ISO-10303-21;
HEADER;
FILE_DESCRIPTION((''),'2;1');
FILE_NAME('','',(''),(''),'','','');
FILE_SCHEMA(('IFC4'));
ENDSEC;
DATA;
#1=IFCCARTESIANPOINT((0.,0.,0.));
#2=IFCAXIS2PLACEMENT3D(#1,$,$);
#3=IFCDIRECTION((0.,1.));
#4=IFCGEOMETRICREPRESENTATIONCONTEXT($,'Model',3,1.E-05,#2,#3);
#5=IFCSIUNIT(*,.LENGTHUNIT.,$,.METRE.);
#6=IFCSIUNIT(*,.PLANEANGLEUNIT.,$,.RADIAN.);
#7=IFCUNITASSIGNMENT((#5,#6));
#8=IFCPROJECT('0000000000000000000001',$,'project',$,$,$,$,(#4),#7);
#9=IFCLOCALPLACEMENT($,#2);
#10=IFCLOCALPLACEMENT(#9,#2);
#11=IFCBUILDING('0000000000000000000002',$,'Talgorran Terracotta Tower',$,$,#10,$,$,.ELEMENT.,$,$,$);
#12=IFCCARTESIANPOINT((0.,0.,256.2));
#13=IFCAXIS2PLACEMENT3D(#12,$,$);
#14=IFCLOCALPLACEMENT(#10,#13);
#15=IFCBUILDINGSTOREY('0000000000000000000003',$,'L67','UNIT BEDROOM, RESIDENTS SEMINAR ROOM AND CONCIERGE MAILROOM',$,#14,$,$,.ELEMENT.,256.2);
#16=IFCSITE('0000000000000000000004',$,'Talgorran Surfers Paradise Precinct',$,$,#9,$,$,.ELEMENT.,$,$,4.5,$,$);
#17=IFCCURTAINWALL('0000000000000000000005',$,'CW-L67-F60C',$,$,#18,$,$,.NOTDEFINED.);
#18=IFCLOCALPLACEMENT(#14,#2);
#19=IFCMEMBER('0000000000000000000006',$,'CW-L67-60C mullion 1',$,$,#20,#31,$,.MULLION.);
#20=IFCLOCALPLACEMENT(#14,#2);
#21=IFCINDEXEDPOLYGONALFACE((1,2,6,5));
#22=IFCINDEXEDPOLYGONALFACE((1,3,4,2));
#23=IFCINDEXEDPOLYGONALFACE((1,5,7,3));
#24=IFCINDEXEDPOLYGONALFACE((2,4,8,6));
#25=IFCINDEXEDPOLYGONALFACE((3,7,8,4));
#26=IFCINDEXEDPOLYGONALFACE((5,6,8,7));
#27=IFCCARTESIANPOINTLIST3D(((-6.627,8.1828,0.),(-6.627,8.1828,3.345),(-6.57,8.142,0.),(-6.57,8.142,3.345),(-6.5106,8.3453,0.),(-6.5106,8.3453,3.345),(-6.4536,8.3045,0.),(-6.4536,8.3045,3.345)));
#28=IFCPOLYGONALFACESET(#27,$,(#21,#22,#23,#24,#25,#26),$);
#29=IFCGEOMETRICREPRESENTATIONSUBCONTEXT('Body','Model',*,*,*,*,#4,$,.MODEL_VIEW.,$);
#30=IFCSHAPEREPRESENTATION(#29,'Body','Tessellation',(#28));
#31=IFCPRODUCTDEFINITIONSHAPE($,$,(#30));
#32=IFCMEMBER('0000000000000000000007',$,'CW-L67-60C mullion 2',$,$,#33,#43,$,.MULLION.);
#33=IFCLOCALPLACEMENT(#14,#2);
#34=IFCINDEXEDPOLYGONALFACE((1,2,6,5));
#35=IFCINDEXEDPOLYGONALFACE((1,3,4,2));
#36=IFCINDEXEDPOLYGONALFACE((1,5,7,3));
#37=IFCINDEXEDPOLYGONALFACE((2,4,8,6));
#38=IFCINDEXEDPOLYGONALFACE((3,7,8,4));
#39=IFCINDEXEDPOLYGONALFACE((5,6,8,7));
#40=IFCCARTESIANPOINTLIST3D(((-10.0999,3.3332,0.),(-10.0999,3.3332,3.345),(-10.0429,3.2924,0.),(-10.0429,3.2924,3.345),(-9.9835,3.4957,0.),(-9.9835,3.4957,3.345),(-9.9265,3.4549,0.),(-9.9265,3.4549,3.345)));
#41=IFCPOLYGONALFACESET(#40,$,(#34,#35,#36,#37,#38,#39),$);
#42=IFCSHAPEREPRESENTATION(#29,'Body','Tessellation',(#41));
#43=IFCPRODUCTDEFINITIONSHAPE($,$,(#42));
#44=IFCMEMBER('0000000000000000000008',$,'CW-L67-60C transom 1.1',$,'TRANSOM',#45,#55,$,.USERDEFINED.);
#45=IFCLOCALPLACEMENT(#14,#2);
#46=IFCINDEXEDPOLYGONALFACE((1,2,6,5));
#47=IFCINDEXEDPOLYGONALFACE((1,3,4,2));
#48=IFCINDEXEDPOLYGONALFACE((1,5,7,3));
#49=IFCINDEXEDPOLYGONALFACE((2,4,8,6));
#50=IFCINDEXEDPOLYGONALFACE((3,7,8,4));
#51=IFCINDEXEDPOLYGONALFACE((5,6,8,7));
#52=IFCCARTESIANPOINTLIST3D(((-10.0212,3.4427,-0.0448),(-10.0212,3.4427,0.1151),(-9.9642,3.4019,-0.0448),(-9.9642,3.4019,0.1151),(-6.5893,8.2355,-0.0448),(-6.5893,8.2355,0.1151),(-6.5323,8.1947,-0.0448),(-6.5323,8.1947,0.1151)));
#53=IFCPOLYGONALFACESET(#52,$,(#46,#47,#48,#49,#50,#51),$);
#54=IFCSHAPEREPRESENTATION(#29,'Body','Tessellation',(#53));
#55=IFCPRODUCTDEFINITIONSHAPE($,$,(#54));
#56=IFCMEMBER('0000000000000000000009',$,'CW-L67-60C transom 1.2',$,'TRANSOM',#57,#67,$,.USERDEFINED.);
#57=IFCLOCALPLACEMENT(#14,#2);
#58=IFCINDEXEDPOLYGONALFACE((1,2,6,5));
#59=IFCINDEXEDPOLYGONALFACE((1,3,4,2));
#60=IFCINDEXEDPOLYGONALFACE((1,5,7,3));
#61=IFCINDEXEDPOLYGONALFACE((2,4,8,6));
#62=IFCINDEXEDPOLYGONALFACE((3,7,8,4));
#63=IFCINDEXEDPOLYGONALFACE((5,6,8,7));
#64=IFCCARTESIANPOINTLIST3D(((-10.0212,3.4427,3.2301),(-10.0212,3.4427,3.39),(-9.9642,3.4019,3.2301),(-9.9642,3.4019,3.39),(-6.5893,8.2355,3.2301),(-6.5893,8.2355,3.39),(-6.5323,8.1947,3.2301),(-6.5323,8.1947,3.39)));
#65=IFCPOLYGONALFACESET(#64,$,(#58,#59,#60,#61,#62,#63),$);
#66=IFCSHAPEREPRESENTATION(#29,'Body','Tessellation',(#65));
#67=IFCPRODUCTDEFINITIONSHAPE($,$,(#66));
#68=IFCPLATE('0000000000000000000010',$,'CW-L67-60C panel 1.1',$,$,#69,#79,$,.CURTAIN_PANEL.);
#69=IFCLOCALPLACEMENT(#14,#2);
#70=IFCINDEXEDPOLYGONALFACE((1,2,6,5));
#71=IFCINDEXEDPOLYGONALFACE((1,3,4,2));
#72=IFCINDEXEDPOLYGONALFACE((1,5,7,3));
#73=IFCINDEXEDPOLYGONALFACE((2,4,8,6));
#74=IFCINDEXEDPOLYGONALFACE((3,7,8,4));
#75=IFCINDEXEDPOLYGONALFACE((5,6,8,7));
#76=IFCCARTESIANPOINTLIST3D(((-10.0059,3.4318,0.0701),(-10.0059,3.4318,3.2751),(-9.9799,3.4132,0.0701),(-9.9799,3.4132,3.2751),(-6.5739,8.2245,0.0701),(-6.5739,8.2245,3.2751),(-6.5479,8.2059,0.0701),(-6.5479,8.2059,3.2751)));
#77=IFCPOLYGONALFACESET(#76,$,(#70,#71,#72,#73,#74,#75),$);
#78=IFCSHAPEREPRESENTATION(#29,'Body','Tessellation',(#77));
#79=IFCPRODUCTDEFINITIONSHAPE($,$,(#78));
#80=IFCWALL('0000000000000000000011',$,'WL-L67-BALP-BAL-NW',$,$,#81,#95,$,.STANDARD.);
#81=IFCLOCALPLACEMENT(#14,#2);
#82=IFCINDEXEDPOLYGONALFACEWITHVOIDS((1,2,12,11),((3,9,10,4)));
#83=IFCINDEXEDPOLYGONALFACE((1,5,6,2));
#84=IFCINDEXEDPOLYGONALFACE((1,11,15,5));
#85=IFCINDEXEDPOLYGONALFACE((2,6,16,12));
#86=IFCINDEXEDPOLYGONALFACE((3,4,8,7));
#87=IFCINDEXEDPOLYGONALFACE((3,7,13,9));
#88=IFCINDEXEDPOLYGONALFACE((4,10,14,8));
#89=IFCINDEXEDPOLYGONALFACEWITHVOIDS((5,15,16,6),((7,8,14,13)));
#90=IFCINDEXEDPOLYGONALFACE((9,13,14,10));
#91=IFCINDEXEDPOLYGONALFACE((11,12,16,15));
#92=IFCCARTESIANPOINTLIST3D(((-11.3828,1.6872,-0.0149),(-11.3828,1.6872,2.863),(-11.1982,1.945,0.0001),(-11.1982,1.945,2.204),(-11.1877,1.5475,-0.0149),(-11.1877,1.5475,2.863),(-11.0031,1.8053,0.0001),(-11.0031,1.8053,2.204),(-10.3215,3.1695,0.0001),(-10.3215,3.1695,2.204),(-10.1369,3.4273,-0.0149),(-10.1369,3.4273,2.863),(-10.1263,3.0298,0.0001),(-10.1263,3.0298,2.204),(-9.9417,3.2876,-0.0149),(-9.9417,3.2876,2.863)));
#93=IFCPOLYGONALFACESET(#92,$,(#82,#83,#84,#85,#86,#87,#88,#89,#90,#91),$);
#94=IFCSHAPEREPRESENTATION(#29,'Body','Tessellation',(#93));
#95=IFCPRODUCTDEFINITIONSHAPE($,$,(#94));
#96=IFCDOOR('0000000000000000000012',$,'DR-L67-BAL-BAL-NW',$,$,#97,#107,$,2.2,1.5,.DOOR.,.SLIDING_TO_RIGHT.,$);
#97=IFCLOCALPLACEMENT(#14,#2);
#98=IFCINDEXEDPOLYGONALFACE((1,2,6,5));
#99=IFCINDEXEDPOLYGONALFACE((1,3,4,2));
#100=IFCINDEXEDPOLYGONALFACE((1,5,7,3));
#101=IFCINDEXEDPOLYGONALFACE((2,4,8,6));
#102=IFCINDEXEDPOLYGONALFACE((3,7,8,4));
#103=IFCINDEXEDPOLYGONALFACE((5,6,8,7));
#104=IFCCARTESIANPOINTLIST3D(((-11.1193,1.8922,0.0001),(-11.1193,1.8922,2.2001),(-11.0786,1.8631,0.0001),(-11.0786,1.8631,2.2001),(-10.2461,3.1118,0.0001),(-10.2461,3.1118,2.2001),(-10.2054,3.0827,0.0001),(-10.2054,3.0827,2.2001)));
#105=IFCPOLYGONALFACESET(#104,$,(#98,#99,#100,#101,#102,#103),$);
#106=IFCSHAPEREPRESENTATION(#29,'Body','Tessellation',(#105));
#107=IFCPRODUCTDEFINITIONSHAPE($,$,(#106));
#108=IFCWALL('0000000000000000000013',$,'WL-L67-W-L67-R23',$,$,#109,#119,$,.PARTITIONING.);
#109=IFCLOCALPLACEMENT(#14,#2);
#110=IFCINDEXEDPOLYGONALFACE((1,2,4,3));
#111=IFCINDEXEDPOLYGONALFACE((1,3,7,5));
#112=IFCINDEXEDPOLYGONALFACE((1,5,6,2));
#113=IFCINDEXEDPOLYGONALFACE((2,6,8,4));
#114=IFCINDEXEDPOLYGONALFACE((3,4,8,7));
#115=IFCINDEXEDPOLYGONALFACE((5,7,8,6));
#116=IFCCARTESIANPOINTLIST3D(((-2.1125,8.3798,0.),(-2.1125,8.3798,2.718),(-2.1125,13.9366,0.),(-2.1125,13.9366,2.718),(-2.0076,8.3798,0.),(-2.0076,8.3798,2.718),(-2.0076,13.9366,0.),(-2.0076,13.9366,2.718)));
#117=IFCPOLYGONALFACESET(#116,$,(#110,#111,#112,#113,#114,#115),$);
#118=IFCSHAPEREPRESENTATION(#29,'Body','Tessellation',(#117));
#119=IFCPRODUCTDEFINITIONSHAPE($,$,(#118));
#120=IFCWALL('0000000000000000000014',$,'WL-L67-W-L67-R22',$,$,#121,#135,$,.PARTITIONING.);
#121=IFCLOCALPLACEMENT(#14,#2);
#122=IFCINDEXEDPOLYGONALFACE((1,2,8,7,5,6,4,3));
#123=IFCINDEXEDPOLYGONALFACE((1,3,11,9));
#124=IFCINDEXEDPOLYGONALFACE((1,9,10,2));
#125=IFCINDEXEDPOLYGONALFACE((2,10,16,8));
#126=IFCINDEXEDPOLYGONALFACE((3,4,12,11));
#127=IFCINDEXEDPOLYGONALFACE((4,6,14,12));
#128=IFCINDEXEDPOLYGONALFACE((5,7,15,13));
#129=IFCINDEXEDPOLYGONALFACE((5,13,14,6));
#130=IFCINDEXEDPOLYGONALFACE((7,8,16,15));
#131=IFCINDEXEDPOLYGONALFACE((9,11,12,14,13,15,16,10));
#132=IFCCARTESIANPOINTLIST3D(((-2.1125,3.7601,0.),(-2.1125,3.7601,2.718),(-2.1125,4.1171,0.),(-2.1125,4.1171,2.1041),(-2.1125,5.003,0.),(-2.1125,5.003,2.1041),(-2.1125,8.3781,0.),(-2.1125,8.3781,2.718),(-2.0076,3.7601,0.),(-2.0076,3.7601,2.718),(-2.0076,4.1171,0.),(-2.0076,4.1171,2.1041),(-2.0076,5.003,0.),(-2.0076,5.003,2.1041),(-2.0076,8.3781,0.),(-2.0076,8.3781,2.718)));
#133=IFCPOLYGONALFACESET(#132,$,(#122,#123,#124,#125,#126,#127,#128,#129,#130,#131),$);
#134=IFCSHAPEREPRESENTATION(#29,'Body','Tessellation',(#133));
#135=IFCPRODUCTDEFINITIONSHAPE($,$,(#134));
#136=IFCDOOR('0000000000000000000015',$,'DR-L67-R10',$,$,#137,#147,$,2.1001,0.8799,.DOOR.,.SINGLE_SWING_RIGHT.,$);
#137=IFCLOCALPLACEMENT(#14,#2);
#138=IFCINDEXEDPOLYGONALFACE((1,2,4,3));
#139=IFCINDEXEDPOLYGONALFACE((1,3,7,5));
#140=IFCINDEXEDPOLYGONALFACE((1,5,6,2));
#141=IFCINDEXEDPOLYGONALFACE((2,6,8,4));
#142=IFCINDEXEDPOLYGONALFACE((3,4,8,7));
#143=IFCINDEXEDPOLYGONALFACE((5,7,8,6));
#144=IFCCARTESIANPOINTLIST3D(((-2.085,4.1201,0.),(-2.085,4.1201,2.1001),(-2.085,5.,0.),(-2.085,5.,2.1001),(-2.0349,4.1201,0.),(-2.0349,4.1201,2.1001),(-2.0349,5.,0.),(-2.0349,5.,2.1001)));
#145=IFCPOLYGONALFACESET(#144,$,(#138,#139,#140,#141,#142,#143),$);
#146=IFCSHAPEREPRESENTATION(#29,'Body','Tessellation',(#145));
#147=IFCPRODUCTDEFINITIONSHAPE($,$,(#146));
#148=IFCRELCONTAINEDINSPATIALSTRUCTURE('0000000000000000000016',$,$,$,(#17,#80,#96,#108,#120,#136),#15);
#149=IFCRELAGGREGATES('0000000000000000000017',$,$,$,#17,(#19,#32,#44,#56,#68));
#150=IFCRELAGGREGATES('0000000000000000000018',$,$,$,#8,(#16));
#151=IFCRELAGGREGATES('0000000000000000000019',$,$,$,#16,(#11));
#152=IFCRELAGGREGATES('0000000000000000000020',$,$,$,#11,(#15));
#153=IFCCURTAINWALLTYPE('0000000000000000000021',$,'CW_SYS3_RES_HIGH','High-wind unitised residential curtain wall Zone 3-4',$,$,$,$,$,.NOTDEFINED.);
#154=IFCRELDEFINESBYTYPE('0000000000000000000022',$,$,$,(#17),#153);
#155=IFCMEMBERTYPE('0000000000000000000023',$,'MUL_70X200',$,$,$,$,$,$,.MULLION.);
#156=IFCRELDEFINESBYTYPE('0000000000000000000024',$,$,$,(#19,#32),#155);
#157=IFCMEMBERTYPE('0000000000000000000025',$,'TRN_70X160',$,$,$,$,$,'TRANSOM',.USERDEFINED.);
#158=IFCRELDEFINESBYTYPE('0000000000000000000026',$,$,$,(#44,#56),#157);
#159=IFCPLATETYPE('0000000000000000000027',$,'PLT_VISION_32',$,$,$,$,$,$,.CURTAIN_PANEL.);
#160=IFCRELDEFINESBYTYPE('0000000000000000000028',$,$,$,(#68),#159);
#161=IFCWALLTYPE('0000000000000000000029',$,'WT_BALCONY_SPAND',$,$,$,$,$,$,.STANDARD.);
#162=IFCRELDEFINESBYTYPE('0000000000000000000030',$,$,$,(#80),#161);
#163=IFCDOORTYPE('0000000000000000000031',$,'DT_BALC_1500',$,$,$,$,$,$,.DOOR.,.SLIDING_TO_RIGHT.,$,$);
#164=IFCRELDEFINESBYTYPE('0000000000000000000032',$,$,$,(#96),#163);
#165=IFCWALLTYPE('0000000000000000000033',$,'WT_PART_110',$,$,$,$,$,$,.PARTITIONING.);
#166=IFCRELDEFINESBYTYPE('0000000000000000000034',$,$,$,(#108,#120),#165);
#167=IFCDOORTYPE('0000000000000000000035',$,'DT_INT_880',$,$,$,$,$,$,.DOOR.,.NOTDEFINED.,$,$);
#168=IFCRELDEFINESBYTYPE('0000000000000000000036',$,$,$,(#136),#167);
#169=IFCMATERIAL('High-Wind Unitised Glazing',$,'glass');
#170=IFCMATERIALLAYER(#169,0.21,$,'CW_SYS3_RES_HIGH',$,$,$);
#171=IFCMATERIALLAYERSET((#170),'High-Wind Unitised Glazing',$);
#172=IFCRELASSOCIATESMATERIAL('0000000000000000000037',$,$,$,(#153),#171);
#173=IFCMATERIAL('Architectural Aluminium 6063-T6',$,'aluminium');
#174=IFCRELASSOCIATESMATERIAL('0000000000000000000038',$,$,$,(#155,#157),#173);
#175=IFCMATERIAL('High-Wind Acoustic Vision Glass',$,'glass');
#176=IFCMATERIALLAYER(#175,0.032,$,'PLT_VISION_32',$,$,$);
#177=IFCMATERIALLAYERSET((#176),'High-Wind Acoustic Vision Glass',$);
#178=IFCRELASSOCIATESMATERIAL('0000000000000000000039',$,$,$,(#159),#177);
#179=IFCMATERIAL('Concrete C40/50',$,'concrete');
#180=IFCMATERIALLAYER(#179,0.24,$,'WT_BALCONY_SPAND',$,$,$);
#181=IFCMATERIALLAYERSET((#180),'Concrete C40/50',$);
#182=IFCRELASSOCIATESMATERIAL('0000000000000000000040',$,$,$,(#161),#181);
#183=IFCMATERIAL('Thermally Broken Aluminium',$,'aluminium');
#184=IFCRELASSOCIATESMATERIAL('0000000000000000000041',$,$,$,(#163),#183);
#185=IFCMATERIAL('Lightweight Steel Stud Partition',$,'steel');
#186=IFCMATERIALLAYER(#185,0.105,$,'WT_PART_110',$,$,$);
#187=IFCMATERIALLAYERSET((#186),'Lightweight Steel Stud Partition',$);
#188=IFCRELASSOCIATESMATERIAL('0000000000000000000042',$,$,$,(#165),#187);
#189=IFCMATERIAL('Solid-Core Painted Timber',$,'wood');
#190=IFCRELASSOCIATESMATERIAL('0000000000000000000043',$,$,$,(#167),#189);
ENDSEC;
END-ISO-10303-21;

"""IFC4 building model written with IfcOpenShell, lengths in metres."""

from ifc_helpers import new_model, si_unit, direction, frame, frame_2d, origin, origin_2d, place, context, subcontext, project, spatial, rectangle, extrude, source, transform, mapped, material, layer, layer_set, material_profile, profile_set, type_object, type_shapes, element, fill, aggregate, save


model = new_model("IFC4")

# Units and contexts
model_context = context("Model", 3, precision=1e-05, world=origin(), true_north=direction((0.0, 1.0)))
body_context = subcontext(model_context, "Body", "Model", "MODEL_VIEW")
ifc_project = project(units=[si_unit("LENGTHUNIT", "METRE"), si_unit("PLANEANGLEUNIT", "RADIAN")], contexts=[model_context])

# Site, building, storey
site_placement = place(None, origin())
site = spatial("IfcSite", under=ifc_project, at=site_placement, Name="Talgorran Surfers Paradise Precinct", CompositionType="ELEMENT", RefElevation=4.5)
building_placement = place(site_placement, origin())
building = spatial("IfcBuilding", under=site, at=building_placement, Name="Talgorran Terracotta Tower", CompositionType="ELEMENT")
storey_placement = place(building_placement, frame((0.0, 0.0, 256.2)))
storey = spatial("IfcBuildingStorey", under=building, at=storey_placement, Name="L67", Description="UNIT BEDROOM, RESIDENTS SEMINAR ROOM AND CONCIERGE MAILROOM", CompositionType="ELEMENT", Elevation=256.2)

# Shared definitions
ifc_material_1 = material(Name="High-Wind Unitised Glazing", Category="glass")
ifc_layer_1 = layer(ifc_material_1, 0.21, Name="CW_SYS3_RES_HIGH")
ifc_layer_set_1 = layer_set([ifc_layer_1], Name="High-Wind Unitised Glazing")
curtain_wall_type = type_object("IfcCurtainWallType", Name="CW_SYS3_RES_HIGH", Description="High-wind unitised residential curtain wall Zone 3-4", PredefinedType="NOTDEFINED", material=ifc_layer_set_1)
ifc_material_2 = material(Name="Architectural Aluminium 6063-T6", Category="aluminium")
ifc_material_profile_1 = material_profile(ifc_material_2, rectangle(XDim=0.0701, YDim=0.2, at=origin_2d()), Name="CWM70X200")
ifc_profile_set_1 = profile_set([ifc_material_profile_1], Name="Architectural Aluminium 6063-T6")
member_type_1 = type_object("IfcMemberType", Name="MUL_70X200", PredefinedType="MULLION", material=ifc_profile_set_1)

# Curtain wall, members, plate
curtain_wall_1_placement = place(storey_placement, origin())
curtain_wall_1 = element("IfcCurtainWall", 1, at=curtain_wall_1_placement, inside=storey, type_object=curtain_wall_type, Name="CW-L67-F60C", PredefinedType="NOTDEFINED")
member_1_placement = place(storey_placement, frame((-6.5403, 8.2437, 0.0), z_axis=(0.0, 0.0, 1.0), x_axis=(0.813039, -0.58221, 0.0)))
member_1 = element("IfcMember", 2, at=member_1_placement, type_object=member_type_1, Name="CW-L67-60C mullion 1", PredefinedType="MULLION", context=body_context, shape_type="SweptSolid", body=[
    extrude(rectangle(XDim=0.0701, YDim=0.2, at=origin_2d()), origin(), (0.0, 0.0, 1.0), 3.345),
])
member_2_placement = place(storey_placement, frame((-10.0132, 3.394, 0.0), z_axis=(0.0, 0.0, 1.0), x_axis=(0.813039, -0.58221, 0.0)))
member_2 = element("IfcMember", 3, at=member_2_placement, type_object=member_type_1, Name="CW-L67-60C mullion 2", PredefinedType="MULLION", context=body_context, shape_type="SweptSolid", body=[
    extrude(rectangle(XDim=0.0701, YDim=0.2, at=origin_2d()), origin(), (0.0, 0.0, 1.0), 3.345),
])
ifc_material_profile_2 = material_profile(ifc_material_2, rectangle(XDim=0.0701, YDim=0.1599, at=origin_2d()), Name="CWT70X160")
ifc_profile_set_2 = profile_set([ifc_material_profile_2], Name="Architectural Aluminium 6063-T6")
member_type_2 = type_object("IfcMemberType", Name="TRN_70X160", ElementType="TRANSOM", PredefinedType="USERDEFINED", material=ifc_profile_set_2)
member_3_placement = place(storey_placement, frame((-6.5608, 8.2151, 0.0352), z_axis=(-0.582194, -0.81305, 0.0), x_axis=(0.81305, -0.582194, 0.0)))
member_3 = element("IfcMember", 4, at=member_3_placement, type_object=member_type_2, Name="CW-L67-60C transom 1.1", ObjectType="TRANSOM", PredefinedType="USERDEFINED", context=body_context, shape_type="SweptSolid", body=[
    extrude(rectangle(XDim=0.0701, YDim=0.1599, at=origin_2d()), origin(), (0.0, 0.0, 1.0), 5.8948),
])
member_4_placement = place(storey_placement, frame((-6.5608, 8.2151, 3.3101), z_axis=(-0.582194, -0.81305, 0.0), x_axis=(0.81305, -0.582194, 0.0)))
member_4 = element("IfcMember", 5, at=member_4_placement, type_object=member_type_2, Name="CW-L67-60C transom 1.2", ObjectType="TRANSOM", PredefinedType="USERDEFINED", context=body_context, shape_type="SweptSolid", body=[
    extrude(rectangle(XDim=0.0701, YDim=0.1599, at=origin_2d()), origin(), (0.0, 0.0, 1.0), 5.8948),
])
ifc_material_3 = material(Name="High-Wind Acoustic Vision Glass", Category="glass")
ifc_layer_2 = layer(ifc_material_3, 0.032, Name="PLT_VISION_32")
ifc_layer_set_2 = layer_set([ifc_layer_2], Name="High-Wind Acoustic Vision Glass")
plate_type = type_object("IfcPlateType", Name="PLT_VISION_32", PredefinedType="CURTAIN_PANEL", material=ifc_layer_set_2)
shared_shape = source(origin(), body_context, "Body", "SweptSolid", [
    extrude(rectangle(XDim=5.8948, YDim=0.032, at=origin_2d()), origin(), (0.0, 0.0, 1.0), 3.2051),
])
type_shapes(plate_type, [shared_shape])
plate_placement = place(storey_placement, frame((-8.2769, 5.8188, 0.0701), z_axis=(0.0, 0.0, 1.0), x_axis=(-0.58221, -0.813039, 0.0)))
plate = element("IfcPlate", 6, at=plate_placement, type_object=plate_type, Name="CW-L67-60C panel 1.1", PredefinedType="CURTAIN_PANEL", context=body_context, shape_type="MappedRepresentation", body=[
    mapped(shared_shape, transform((0.0, 0.0, 0.0), scale=1.0)),
])
aggregate(curtain_wall_1, [member_1, member_2, member_3, member_4, plate])

# Wall, opening, door
ifc_material_4 = material(Name="Concrete C40/50", Category="concrete")
ifc_layer_3 = layer(ifc_material_4, 0.24, Name="WT_BALCONY_SPAND")
ifc_layer_set_3 = layer_set([ifc_layer_3], Name="Concrete C40/50")
wall_type_1 = type_object("IfcWallType", Name="WT_BALCONY_SPAND", PredefinedType="STANDARD", material=ifc_layer_set_3)
wall_1_placement = place(storey_placement, frame((-10.0393, 3.3574, -0.0149), z_axis=(0.0, 0.0, 1.0), x_axis=(-0.582166, -0.81307, 0.0)))
wall_1 = element("IfcWall", 7, at=wall_1_placement, inside=storey, type_object=wall_type_1, Name="WL-L67-BALP-BAL-NW", PredefinedType="STANDARD", context=body_context, shape_type="SweptSolid", body=[
    extrude(rectangle(XDim=2.1401, YDim=0.24, at=frame_2d((1.0701, 0.0))), origin(), (0.0, 0.0, 1.0), 2.8779),
])
opening_1_placement = place(wall_1_placement, frame((0.3201, 0.0, 0.0149)))
opening_1 = element("IfcOpeningElement", 8, at=opening_1_placement, cuts=wall_1, PredefinedType="OPENING", context=body_context, shape_type="SweptSolid", body=[
    extrude(rectangle(XDim=1.506, YDim=2.204, at=frame_2d((0.75, 1.1021))), frame((0.0, 0.1299, 0.0), z_axis=(0.0, -1.0, 0.0), x_axis=(1.0, 0.0, 0.0)), (0.0, 0.0, 1.0), 0.26),
])
ifc_material_5 = material(Name="Thermally Broken Aluminium", Category="aluminium")
door_type_1 = type_object("IfcDoorType", Name="DT_BALC_1500", OperationType="SLIDING_TO_RIGHT", PredefinedType="DOOR", material=ifc_material_5)
door_1_placement = place(opening_1_placement, origin())
door_1 = element("IfcDoor", 9, at=door_1_placement, inside=storey, type_object=door_type_1, Name="DR-L67-BAL-BAL-NW", OperationType="SLIDING_TO_RIGHT", OverallHeight=2.2, OverallWidth=1.5, PredefinedType="DOOR", context=body_context, shape_type="SweptSolid", body=[
    extrude(rectangle(XDim=1.5, YDim=2.2, at=frame_2d((0.75, 1.1001))), frame((0.0, 0.0249, 0.0), z_axis=(0.0, -1.0, 0.0), x_axis=(1.0, 0.0, 0.0)), (0.0, 0.0, 1.0), 0.05),
])
fill(opening_1, door_1)

# Wall
ifc_material_6 = material(Name="Lightweight Steel Stud Partition", Category="steel")
ifc_layer_4 = layer(ifc_material_6, 0.105, Name="WT_PART_110")
ifc_layer_set_4 = layer_set([ifc_layer_4], Name="Lightweight Steel Stud Partition")
wall_type_2 = type_object("IfcWallType", Name="WT_PART_110", PredefinedType="PARTITIONING", material=ifc_layer_set_4)
wall_2_placement = place(storey_placement, frame((-2.0601, 8.3799, 0.0), z_axis=(0.0, 0.0, 1.0), x_axis=(0.0, 1.0, 0.0)))
element("IfcWall", 10, at=wall_2_placement, inside=storey, type_object=wall_type_2, Name="WL-L67-W-L67-R23", PredefinedType="PARTITIONING", context=body_context, shape_type="SweptSolid", body=[
    extrude(rectangle(XDim=5.5569, YDim=0.105, at=frame_2d((2.7783, 0.0))), origin(), (0.0, 0.0, 1.0), 2.718),
])

# Wall, opening, door
wall_3_placement = place(storey_placement, frame((-2.0601, 3.76, 0.0), z_axis=(0.0, 0.0, 1.0), x_axis=(0.0, 1.0, 0.0)))
wall_3 = element("IfcWall", 11, at=wall_3_placement, inside=storey, type_object=wall_type_2, Name="WL-L67-W-L67-R22", PredefinedType="PARTITIONING", context=body_context, shape_type="SweptSolid", body=[
    extrude(rectangle(XDim=4.6179, YDim=0.105, at=frame_2d((2.3091, 0.0))), origin(), (0.0, 0.0, 1.0), 2.718),
])
opening_2_placement = place(wall_3_placement, frame((0.3601, 0.0, 0.0)))
opening_2 = element("IfcOpeningElement", 12, at=opening_2_placement, cuts=wall_3, PredefinedType="OPENING", context=body_context, shape_type="SweptSolid", body=[
    extrude(rectangle(XDim=0.8859, YDim=2.1041, at=frame_2d((0.4399, 1.052))), frame((0.0, 0.0625, 0.0), z_axis=(0.0, -1.0, 0.0), x_axis=(1.0, 0.0, 0.0)), (0.0, 0.0, 1.0), 0.125),
])
ifc_material_7 = material(Name="Solid-Core Painted Timber", Category="wood")
door_type_2 = type_object("IfcDoorType", Name="DT_INT_880", OperationType="NOTDEFINED", PredefinedType="DOOR", material=ifc_material_7)
door_2_placement = place(opening_2_placement, origin())
door_2 = element("IfcDoor", 13, at=door_2_placement, inside=storey, type_object=door_type_2, Name="DR-L67-R10", OperationType="SINGLE_SWING_RIGHT", OverallHeight=2.1001, OverallWidth=0.8799, PredefinedType="DOOR", context=body_context, shape_type="SweptSolid", body=[
    extrude(rectangle(XDim=0.8799, YDim=2.1001, at=frame_2d((0.4399, 1.05))), frame((0.0, 0.0249, 0.0), z_axis=(0.0, -1.0, 0.0), x_axis=(1.0, 0.0, 0.0)), (0.0, 0.0, 1.0), 0.05),
])
fill(opening_2, door_2)

save(model, "model.ifc")
